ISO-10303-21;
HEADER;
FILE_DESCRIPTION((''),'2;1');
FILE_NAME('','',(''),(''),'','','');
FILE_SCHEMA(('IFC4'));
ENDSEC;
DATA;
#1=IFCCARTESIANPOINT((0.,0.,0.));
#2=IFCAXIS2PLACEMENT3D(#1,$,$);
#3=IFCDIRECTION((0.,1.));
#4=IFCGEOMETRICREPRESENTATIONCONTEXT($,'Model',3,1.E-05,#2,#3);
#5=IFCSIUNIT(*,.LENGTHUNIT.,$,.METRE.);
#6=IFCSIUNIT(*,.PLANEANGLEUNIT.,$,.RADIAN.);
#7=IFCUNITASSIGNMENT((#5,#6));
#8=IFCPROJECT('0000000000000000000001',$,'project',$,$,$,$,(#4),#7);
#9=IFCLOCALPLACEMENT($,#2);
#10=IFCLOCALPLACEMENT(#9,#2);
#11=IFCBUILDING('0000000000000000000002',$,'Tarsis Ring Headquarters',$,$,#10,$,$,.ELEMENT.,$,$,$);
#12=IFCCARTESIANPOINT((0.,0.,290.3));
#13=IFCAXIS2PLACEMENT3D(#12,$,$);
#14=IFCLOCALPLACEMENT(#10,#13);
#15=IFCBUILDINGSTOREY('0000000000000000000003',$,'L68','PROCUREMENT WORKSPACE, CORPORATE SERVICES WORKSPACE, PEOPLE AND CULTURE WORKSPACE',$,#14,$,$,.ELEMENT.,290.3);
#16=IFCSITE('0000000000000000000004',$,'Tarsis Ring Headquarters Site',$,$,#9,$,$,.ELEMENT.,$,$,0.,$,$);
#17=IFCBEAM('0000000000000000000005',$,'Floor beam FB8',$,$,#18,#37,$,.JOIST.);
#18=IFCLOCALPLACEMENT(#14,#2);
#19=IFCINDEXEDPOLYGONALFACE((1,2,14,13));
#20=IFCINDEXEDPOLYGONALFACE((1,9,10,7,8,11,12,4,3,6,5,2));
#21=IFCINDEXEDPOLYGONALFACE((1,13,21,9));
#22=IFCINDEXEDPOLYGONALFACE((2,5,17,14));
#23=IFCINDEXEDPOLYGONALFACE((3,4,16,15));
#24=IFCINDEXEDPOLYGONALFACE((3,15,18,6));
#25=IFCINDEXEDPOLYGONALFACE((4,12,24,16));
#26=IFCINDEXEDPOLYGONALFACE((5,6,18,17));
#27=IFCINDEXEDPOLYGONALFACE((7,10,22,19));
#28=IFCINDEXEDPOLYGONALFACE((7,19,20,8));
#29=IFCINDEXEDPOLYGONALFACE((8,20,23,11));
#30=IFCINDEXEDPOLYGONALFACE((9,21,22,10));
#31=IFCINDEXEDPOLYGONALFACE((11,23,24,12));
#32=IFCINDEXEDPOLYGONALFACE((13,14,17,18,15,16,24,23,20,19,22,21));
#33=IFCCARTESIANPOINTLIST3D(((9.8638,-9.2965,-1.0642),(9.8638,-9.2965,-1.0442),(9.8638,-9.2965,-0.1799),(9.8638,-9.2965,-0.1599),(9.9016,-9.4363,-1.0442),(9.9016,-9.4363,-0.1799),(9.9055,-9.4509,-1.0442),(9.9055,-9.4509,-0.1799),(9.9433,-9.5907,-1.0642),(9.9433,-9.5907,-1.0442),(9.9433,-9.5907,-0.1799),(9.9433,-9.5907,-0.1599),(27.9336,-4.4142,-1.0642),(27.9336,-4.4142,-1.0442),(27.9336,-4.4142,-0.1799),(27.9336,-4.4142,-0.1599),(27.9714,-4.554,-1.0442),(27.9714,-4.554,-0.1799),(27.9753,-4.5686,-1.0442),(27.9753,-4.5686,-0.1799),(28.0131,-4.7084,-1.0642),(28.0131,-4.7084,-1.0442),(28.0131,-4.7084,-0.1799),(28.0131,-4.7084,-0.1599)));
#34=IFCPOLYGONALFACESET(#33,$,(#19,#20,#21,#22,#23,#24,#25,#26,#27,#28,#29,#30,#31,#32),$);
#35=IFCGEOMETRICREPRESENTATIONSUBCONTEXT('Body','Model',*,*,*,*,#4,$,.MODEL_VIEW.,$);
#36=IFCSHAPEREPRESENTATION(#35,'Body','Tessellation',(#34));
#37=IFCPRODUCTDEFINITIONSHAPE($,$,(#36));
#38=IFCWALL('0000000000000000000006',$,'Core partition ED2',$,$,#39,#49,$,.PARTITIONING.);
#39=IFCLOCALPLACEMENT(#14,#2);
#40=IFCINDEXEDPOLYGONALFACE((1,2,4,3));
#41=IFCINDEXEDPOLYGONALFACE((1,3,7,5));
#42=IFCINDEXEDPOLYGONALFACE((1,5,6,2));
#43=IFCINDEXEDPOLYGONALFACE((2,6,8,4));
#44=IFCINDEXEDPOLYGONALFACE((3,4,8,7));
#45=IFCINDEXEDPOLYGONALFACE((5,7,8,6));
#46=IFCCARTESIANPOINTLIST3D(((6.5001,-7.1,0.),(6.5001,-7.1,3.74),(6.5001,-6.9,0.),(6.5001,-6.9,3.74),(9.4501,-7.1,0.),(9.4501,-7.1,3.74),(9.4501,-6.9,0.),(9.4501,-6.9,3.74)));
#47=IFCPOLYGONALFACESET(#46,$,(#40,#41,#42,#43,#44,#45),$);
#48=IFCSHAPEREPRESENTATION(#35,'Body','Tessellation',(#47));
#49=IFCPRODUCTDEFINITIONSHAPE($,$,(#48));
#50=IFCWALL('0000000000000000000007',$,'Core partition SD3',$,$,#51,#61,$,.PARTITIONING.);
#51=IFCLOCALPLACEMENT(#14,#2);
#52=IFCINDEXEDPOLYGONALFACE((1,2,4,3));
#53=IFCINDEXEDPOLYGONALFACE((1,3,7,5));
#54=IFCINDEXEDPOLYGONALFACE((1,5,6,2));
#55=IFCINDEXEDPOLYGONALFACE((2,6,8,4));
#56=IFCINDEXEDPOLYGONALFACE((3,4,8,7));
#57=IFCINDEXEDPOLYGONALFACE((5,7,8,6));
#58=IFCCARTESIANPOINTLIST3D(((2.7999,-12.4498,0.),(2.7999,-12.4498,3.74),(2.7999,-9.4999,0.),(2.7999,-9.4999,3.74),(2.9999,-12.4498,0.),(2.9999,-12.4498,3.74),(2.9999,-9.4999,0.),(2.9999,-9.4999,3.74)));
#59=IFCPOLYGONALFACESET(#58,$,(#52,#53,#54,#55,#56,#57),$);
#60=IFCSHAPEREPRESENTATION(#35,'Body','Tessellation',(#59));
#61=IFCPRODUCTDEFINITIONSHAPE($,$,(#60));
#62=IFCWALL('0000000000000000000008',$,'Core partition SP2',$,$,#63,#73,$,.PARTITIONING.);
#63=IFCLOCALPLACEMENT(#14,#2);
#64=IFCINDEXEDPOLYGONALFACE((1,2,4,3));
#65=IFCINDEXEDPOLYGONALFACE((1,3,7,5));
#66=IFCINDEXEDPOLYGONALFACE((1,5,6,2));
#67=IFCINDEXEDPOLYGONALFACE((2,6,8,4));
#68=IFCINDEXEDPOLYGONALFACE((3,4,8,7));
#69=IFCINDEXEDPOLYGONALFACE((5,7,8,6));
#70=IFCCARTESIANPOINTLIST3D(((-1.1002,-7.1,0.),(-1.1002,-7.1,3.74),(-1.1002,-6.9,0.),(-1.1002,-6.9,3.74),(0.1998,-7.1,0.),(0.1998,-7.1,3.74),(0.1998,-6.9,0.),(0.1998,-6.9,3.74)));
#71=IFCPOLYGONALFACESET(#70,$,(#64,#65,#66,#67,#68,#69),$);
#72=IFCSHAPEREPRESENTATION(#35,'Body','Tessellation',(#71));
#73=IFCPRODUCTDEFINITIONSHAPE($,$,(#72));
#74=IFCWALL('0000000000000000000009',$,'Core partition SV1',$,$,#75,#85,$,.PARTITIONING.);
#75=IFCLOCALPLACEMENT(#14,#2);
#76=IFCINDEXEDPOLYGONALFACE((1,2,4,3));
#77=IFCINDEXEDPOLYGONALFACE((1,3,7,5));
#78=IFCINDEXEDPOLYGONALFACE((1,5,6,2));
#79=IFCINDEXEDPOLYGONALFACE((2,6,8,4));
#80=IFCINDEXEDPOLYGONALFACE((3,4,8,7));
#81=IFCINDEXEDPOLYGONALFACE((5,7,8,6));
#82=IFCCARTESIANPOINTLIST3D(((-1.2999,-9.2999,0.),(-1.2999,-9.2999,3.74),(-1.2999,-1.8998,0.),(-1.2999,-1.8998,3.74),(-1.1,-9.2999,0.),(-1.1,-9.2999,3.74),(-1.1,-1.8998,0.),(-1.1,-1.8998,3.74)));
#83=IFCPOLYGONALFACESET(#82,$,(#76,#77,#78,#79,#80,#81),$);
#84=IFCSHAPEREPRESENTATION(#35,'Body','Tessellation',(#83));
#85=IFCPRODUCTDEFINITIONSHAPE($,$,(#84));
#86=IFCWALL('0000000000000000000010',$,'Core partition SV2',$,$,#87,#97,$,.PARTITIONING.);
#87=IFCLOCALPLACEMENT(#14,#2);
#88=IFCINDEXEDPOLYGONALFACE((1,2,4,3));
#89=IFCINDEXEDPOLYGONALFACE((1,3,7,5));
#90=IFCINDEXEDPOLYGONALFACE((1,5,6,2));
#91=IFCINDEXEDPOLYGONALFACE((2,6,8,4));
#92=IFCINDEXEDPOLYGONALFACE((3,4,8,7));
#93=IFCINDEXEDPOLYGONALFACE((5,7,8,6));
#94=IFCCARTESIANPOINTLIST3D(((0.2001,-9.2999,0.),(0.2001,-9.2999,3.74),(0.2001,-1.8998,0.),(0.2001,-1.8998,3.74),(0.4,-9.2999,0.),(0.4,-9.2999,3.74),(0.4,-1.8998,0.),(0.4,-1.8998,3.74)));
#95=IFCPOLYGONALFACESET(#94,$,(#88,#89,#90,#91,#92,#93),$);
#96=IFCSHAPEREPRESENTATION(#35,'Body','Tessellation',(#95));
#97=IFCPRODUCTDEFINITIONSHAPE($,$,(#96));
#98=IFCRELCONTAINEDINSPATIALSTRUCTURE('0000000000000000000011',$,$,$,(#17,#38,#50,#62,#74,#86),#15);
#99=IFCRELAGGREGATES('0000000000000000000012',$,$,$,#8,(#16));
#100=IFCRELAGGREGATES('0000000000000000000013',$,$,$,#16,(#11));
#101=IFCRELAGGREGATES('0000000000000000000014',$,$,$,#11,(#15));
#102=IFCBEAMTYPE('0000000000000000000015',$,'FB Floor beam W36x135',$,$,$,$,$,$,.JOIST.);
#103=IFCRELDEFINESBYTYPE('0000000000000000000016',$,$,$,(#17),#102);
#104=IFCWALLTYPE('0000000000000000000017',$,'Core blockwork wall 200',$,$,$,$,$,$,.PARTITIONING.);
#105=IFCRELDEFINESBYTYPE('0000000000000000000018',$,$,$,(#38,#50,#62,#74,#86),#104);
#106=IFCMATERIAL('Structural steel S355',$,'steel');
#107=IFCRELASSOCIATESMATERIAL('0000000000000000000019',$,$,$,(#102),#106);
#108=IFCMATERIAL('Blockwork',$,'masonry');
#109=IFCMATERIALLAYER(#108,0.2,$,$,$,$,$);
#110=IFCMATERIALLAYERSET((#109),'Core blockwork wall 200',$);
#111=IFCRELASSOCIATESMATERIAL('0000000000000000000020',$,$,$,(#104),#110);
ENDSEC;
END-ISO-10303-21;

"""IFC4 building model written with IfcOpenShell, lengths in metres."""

from ifc_helpers import new_model, si_unit, direction, frame, frame_2d, origin, origin_2d, place, context, subcontext, project, spatial, rectangle, i_section, extrude, material, layer, layer_set, material_profile, profile_set, type_object, element, save


model = new_model("IFC4")

# Units and contexts
model_context = context("Model", 3, precision=1e-05, world=origin(), true_north=direction((0.0, 1.0)))
body_context = subcontext(model_context, "Body", "Model", "MODEL_VIEW")
ifc_project = project(units=[si_unit("LENGTHUNIT", "METRE"), si_unit("PLANEANGLEUNIT", "RADIAN")], contexts=[model_context])

# Site, building, storey
site_placement = place(None, origin())
site = spatial("IfcSite", under=ifc_project, at=site_placement, Name="Tarsis Ring Headquarters Site", CompositionType="ELEMENT", RefElevation=0.0)
building_placement = place(site_placement, origin())
building = spatial("IfcBuilding", under=site, at=building_placement, Name="Tarsis Ring Headquarters", CompositionType="ELEMENT")
storey_placement = place(building_placement, frame((0.0, 0.0, 290.3)))
storey = spatial("IfcBuildingStorey", under=building, at=storey_placement, Name="L68", Description="PROCUREMENT WORKSPACE, CORPORATE SERVICES WORKSPACE, PEOPLE AND CULTURE WORKSPACE", CompositionType="ELEMENT", Elevation=290.3)

# Beam
ifc_material_1 = material(Name="Structural steel S355", Category="steel")
ifc_material_profile = material_profile(ifc_material_1, i_section(OverallWidth=0.3047, OverallDepth=0.9043, WebThickness=0.0151, FlangeThickness=0.02, at=origin_2d()), Name="W36x135")
ifc_profile_set = profile_set([ifc_material_profile], Name="Structural steel S355")
beam_type = type_object("IfcBeamType", Name="FB Floor beam W36x135", PredefinedType="JOIST", material=ifc_profile_set)
beam_placement = place(storey_placement, frame((9.9036, -9.4436, -0.6121), z_axis=(0.965382, 0.260839, 0.0), x_axis=(-0.260839, 0.965382, 0.0)))
element("IfcBeam", 1, at=beam_placement, inside=storey, type_object=beam_type, Name="Floor beam FB8", PredefinedType="JOIST", context=body_context, shape_type="SweptSolid", body=[
    extrude(i_section(OverallWidth=0.3047, OverallDepth=0.9043, WebThickness=0.0151, FlangeThickness=0.02, at=origin_2d()), origin(), (0.0, 0.0, 1.0), 18.7178),
])

# Walls
ifc_material_2 = material(Name="Blockwork", Category="masonry")
ifc_layer_1 = layer(ifc_material_2, 0.2)
ifc_layer_set_1 = layer_set([ifc_layer_1], Name="Core blockwork wall 200")
wall_type_1 = type_object("IfcWallType", Name="Core blockwork wall 200", PredefinedType="PARTITIONING", material=ifc_layer_set_1)
for number, where, z_axis, x_axis, name in (
    (2, (6.5, -7.0, 0.0), (0.0, 0.0, 1.0), (1.0, 0.0, 0.0), "Core partition ED2"),
    (3, (2.8999, -12.45, 0.0), (0.0, 0.0, 1.0), (0.0, 1.0, 0.0), "Core partition SD3"),
):
    element("IfcWall", number, at=place(storey_placement, frame(where, z_axis=z_axis, x_axis=x_axis)), inside=storey, type_object=wall_type_1, Name=name, PredefinedType="PARTITIONING", context=body_context, shape_type="SweptSolid", body=[
        extrude(rectangle(XDim=2.95, YDim=0.2, at=frame_2d((1.4751, 0.0))), origin(), (0.0, 0.0, 1.0), 3.74),
    ])
wall_1_placement = place(storey_placement, frame((-1.1001, -7.0, 0.0), z_axis=(0.0, 0.0, 1.0), x_axis=(1.0, 0.0, 0.0)))
element("IfcWall", 4, at=wall_1_placement, inside=storey, type_object=wall_type_1, Name="Core partition SP2", PredefinedType="PARTITIONING", context=body_context, shape_type="SweptSolid", body=[
    extrude(rectangle(XDim=1.3, YDim=0.2, at=frame_2d((0.6499, 0.0))), origin(), (0.0, 0.0, 1.0), 3.74),
])
for number, where, z_axis, x_axis, name in (
    (5, (-1.2, -9.3, 0.0), (0.0, 0.0, 1.0), (0.0, 1.0, 0.0), "Core partition SV1"),
    (6, (0.3, -9.3, 0.0), (0.0, 0.0, 1.0), (0.0, 1.0, 0.0), "Core partition SV2"),
):
    element("IfcWall", number, at=place(storey_placement, frame(where, z_axis=z_axis, x_axis=x_axis)), inside=storey, type_object=wall_type_1, Name=name, PredefinedType="PARTITIONING", context=body_context, shape_type="SweptSolid", body=[
        extrude(rectangle(XDim=7.4001, YDim=0.2, at=frame_2d((3.7002, 0.0))), origin(), (0.0, 0.0, 1.0), 3.74),
    ])

save(model, "model.ifc")
